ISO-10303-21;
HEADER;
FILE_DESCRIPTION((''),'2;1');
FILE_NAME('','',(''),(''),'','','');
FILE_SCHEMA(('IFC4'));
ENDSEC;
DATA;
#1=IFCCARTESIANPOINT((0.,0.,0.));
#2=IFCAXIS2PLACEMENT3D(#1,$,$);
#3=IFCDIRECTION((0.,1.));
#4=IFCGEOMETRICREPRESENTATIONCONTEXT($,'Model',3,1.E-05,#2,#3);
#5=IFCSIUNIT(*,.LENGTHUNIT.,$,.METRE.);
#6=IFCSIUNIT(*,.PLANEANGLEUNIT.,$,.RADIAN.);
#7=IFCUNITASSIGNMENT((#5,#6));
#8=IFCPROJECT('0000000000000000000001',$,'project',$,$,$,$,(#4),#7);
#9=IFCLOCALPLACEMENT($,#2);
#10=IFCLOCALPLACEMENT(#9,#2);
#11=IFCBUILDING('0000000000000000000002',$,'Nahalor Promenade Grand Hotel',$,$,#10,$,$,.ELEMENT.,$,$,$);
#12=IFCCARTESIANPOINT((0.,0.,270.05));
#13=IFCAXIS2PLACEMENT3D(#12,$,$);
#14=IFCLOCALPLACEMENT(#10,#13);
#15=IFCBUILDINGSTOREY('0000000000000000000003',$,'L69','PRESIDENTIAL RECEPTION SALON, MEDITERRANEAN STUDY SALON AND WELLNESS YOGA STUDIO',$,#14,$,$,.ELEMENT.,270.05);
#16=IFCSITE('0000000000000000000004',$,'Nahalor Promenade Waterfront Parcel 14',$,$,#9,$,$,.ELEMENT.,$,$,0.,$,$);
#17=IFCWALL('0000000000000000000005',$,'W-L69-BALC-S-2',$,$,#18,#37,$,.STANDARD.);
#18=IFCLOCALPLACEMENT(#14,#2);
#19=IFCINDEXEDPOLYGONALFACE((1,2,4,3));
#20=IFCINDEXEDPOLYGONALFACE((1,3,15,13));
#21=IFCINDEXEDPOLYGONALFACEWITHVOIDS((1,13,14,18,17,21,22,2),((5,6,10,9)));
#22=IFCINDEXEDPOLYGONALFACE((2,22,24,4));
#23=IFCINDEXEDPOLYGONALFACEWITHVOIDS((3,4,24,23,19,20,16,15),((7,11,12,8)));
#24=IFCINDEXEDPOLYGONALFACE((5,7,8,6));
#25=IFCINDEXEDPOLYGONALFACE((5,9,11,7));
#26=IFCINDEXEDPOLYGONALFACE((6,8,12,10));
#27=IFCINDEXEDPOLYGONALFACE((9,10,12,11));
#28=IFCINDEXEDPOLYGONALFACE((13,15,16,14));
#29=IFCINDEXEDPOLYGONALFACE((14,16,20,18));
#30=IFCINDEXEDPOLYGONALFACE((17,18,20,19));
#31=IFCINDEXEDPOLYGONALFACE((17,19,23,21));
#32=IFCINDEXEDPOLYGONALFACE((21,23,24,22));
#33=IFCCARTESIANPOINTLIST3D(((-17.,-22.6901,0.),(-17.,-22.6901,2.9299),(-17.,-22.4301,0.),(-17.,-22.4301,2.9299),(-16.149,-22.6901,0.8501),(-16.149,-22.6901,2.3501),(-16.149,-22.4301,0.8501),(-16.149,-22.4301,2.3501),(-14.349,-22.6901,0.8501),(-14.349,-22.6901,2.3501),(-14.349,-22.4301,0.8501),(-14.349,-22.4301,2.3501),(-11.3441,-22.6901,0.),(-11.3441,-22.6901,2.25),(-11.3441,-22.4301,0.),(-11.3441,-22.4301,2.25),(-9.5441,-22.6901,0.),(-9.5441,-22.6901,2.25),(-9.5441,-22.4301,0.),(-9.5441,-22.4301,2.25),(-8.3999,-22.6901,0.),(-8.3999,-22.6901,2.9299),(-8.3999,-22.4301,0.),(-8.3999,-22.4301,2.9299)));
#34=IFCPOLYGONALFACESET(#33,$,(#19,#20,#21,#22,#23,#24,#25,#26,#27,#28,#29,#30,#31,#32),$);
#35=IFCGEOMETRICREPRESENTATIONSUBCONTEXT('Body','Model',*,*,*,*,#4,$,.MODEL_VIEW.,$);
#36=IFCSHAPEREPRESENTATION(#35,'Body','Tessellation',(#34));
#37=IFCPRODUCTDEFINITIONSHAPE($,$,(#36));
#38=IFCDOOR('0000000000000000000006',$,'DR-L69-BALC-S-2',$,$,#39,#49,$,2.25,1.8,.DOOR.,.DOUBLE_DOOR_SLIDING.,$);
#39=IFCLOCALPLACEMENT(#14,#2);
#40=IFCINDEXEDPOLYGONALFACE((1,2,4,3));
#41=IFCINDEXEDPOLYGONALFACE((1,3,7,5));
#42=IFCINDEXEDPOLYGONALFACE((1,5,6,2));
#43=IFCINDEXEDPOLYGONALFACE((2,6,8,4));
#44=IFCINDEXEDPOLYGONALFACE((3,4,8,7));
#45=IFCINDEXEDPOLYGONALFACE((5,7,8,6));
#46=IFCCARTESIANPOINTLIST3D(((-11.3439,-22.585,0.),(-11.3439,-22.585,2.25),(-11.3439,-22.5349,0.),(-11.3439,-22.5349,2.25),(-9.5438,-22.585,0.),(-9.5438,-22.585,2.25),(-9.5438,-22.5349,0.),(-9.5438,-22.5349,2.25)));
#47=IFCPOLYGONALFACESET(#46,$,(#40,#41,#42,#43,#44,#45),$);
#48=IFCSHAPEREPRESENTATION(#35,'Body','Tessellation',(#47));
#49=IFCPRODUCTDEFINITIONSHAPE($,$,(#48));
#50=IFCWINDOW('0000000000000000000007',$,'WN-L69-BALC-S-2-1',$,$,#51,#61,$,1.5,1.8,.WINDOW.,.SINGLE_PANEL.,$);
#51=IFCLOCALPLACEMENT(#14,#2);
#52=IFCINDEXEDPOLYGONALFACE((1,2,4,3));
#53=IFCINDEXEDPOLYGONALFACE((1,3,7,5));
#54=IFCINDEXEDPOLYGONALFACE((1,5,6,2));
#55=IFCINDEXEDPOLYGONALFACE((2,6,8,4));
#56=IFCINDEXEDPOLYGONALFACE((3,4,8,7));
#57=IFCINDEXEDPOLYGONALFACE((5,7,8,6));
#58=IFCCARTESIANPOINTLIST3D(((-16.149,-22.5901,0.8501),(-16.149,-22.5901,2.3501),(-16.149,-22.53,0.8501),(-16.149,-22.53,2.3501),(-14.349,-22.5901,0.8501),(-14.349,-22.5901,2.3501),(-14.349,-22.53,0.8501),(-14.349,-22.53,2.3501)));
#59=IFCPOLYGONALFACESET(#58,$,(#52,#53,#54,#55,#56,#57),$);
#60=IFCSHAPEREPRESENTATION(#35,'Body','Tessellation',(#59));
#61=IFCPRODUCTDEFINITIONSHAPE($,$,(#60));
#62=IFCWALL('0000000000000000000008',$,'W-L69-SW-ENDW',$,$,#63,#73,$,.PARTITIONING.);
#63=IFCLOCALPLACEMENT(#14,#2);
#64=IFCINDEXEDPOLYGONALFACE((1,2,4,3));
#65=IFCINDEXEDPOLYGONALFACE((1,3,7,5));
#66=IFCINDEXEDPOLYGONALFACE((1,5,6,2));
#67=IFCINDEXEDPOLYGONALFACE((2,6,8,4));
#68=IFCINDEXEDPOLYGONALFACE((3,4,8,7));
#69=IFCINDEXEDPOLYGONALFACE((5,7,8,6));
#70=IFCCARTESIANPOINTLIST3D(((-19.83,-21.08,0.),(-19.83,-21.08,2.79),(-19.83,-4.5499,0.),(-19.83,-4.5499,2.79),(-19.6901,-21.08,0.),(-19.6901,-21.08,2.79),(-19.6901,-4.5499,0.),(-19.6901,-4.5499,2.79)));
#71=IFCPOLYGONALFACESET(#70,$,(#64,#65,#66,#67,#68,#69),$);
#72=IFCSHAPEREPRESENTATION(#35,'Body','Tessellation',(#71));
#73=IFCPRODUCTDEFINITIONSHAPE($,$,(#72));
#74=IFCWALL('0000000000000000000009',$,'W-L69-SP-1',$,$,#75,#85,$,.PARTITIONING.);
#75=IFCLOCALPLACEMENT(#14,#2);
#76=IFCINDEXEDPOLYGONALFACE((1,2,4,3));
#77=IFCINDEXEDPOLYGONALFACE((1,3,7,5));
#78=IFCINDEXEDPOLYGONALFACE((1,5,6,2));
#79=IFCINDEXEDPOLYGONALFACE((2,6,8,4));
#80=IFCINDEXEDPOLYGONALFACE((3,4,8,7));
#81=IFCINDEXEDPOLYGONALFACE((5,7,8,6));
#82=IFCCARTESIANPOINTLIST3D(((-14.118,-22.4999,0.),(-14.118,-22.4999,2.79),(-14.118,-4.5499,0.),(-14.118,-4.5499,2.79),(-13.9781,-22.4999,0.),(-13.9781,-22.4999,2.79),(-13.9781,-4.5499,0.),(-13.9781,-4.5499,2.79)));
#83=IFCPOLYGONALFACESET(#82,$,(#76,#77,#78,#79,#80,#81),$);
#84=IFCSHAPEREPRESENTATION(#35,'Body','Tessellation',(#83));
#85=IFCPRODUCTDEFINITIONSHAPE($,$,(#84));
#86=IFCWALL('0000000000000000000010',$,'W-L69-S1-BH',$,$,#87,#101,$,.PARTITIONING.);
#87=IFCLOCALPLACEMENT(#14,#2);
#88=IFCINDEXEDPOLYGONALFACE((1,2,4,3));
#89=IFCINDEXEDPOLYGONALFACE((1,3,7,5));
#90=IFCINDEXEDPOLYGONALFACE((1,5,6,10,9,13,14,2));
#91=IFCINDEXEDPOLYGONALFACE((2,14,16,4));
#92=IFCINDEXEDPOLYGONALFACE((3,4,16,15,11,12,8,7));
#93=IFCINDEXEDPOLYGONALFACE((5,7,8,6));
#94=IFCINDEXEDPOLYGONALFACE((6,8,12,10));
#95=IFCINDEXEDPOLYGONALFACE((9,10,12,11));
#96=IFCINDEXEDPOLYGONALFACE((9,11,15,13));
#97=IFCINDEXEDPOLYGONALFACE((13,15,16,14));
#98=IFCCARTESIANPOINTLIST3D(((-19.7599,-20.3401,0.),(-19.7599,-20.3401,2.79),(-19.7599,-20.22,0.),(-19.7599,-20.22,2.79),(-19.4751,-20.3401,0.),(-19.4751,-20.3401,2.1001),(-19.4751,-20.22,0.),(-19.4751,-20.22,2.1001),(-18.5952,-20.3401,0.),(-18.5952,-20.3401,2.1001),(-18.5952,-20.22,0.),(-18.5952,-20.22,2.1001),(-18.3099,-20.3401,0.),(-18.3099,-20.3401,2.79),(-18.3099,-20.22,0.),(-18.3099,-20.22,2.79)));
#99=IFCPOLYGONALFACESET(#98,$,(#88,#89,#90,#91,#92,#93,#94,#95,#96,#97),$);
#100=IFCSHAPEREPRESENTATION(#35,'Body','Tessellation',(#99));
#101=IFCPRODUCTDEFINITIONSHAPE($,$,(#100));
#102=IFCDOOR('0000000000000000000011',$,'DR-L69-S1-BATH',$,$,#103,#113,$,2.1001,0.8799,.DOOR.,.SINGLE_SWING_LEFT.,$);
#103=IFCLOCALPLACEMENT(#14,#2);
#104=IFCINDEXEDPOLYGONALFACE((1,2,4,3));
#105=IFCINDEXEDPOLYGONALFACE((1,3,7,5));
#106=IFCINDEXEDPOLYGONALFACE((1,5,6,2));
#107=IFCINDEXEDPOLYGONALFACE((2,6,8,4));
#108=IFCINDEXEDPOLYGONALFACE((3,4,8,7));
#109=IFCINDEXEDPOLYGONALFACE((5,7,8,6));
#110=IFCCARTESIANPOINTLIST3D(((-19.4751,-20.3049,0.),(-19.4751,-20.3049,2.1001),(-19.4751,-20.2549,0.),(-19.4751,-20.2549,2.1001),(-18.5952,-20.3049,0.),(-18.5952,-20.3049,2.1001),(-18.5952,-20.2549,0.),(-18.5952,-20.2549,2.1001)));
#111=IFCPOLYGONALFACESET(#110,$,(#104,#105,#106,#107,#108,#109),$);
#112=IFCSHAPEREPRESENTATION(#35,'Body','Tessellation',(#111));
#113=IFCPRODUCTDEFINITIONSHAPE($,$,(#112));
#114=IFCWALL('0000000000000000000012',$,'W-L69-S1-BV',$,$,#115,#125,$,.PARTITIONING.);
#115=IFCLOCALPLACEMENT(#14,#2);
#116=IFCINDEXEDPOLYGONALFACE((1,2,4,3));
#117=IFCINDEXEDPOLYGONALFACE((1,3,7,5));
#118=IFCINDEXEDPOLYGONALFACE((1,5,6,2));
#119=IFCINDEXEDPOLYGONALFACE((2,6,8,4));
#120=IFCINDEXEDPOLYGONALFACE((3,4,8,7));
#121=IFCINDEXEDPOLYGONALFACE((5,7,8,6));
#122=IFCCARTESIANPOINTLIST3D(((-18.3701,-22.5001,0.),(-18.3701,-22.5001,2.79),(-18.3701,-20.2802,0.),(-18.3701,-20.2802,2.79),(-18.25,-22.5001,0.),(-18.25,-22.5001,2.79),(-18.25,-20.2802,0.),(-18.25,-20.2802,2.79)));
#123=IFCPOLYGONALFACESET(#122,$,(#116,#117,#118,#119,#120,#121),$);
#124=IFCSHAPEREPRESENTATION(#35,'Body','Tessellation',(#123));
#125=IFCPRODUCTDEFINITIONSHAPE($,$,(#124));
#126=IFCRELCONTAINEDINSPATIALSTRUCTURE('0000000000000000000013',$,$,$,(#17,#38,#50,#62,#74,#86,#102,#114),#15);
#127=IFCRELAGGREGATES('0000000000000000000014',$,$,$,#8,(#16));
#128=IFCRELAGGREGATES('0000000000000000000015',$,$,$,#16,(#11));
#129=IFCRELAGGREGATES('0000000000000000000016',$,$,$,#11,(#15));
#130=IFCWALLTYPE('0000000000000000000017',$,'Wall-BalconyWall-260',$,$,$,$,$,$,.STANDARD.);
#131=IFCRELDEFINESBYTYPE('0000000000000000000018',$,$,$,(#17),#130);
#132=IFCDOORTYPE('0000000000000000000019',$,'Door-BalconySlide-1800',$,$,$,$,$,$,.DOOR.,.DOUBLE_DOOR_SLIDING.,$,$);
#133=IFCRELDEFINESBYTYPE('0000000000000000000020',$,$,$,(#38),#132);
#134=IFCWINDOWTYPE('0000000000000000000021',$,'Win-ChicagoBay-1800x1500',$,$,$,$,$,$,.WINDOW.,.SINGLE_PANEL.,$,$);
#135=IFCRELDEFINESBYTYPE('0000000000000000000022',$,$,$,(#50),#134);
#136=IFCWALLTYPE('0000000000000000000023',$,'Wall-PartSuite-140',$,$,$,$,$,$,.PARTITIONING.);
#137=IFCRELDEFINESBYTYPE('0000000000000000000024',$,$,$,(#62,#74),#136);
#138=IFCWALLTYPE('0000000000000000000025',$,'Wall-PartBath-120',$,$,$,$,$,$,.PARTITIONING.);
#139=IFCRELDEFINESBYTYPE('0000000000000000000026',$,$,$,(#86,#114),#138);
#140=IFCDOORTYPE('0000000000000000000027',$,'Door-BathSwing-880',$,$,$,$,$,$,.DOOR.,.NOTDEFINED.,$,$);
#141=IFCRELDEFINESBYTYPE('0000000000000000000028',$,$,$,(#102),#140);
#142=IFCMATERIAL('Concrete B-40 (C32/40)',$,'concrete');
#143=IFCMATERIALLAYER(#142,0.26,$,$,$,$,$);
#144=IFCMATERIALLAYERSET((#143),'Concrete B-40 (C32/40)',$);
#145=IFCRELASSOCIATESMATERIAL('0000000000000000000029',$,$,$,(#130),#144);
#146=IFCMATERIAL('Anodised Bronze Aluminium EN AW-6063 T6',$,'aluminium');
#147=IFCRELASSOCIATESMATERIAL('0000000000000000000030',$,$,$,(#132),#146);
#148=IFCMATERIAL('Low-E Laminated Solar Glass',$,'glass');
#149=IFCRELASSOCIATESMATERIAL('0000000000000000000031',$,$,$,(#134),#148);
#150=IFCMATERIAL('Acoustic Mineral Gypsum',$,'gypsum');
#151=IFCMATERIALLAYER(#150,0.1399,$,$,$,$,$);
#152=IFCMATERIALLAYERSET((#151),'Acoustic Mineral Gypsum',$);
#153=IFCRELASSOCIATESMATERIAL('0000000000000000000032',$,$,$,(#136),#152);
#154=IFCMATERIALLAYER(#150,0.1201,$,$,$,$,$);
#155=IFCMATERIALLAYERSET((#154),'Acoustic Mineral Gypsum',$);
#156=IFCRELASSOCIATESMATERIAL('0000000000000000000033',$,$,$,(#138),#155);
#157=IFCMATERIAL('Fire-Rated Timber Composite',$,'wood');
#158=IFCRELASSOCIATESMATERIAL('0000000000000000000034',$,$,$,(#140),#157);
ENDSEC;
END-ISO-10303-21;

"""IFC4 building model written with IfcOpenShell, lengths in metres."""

from ifc_helpers import new_model, si_unit, direction, frame, frame_2d, origin, place, context, subcontext, project, spatial, rectangle, extrude, source, transform, mapped, material, layer, layer_set, type_object, element, fill, save


model = new_model("IFC4")

# Units and contexts
model_context = context("Model", 3, precision=1e-05, world=origin(), true_north=direction((0.0, 1.0)))
body_context = subcontext(model_context, "Body", "Model", "MODEL_VIEW")
ifc_project = project(units=[si_unit("LENGTHUNIT", "METRE"), si_unit("PLANEANGLEUNIT", "RADIAN")], contexts=[model_context])

# Site, building, storey
site_placement = place(None, origin())
site = spatial("IfcSite", under=ifc_project, at=site_placement, Name="Nahalor Promenade Waterfront Parcel 14", CompositionType="ELEMENT", RefElevation=0.0)
building_placement = place(site_placement, origin())
building = spatial("IfcBuilding", under=site, at=building_placement, Name="Nahalor Promenade Grand Hotel", CompositionType="ELEMENT")
storey_placement = place(building_placement, frame((0.0, 0.0, 270.05)))
storey = spatial("IfcBuildingStorey", under=building, at=storey_placement, Name="L69", Description="PRESIDENTIAL RECEPTION SALON, MEDITERRANEAN STUDY SALON AND WELLNESS YOGA STUDIO", CompositionType="ELEMENT", Elevation=270.05)

# Shared definitions
ifc_material_1 = material(Name="Anodised Bronze Aluminium EN AW-6063 T6", Category="aluminium")
ifc_material_2 = material(Name="Low-E Laminated Solar Glass", Category="glass")

# Shared definitions
ifc_material_3 = material(Name="Concrete B-40 (C32/40)", Category="concrete")

# Wall, openings, door, window
ifc_layer_1 = layer(ifc_material_3, 0.26)
ifc_layer_set_1 = layer_set([ifc_layer_1], Name="Concrete B-40 (C32/40)")
wall_type_1 = type_object("IfcWallType", Name="Wall-BalconyWall-260", PredefinedType="STANDARD", material=ifc_layer_set_1)
shared_shape_1 = source(origin(), body_context, "Body", "SweptSolid", [
    extrude(rectangle(XDim=8.6001, YDim=0.26, at=frame_2d((4.3, 0.0))), origin(), (0.0, 0.0, 1.0), 2.9299),
])
wall_1_placement = place(storey_placement, frame((-17.0, -22.5601, 0.0), z_axis=(0.0, 0.0, 1.0), x_axis=(1.0, 0.0, 0.0)))
wall_1 = element("IfcWall", 1, at=wall_1_placement, inside=storey, type_object=wall_type_1, Name="W-L69-BALC-S-2", PredefinedType="STANDARD", context=body_context, shape_type="MappedRepresentation", body=[
    mapped(shared_shape_1, transform((0.0, 0.0, 0.0), scale=1.0)),
])
opening_1_placement = place(wall_1_placement, frame((5.656, 0.0, 0.0)))
opening_1 = element("IfcOpeningElement", 2, at=opening_1_placement, cuts=wall_1, PredefinedType="OPENING", context=body_context, shape_type="SweptSolid", body=[
    extrude(rectangle(XDim=1.8, YDim=2.25, at=frame_2d((0.8999, 1.125))), frame((0.0, 0.1399, 0.0), z_axis=(0.0, -1.0, 0.0), x_axis=(1.0, 0.0, 0.0)), (0.0, 0.0, 1.0), 0.28),
])
opening_2_placement = place(wall_1_placement, frame((0.8511, 0.0, 0.8501)))
opening_2 = element("IfcOpeningElement", 3, at=opening_2_placement, cuts=wall_1, PredefinedType="OPENING", context=body_context, shape_type="SweptSolid", body=[
    extrude(rectangle(XDim=1.8, YDim=1.5, at=frame_2d((0.8999, 0.75))), frame((0.0, 0.1399, 0.0), z_axis=(0.0, -1.0, 0.0), x_axis=(1.0, 0.0, 0.0)), (0.0, 0.0, 1.0), 0.28),
])
door_type_1 = type_object("IfcDoorType", Name="Door-BalconySlide-1800", OperationType="DOUBLE_DOOR_SLIDING", PredefinedType="DOOR", material=ifc_material_1)
shared_shape_2 = source(origin(), body_context, "Body", "SweptSolid", [
    extrude(rectangle(XDim=1.8, YDim=2.25, at=frame_2d((0.8999, 1.125))), frame((0.0, 0.0249, 0.0), z_axis=(0.0, -1.0, 0.0), x_axis=(1.0, 0.0, 0.0)), (0.0, 0.0, 1.0), 0.05),
])
door_1_placement = place(opening_1_placement, frame((1.8, 0.0, 0.0), z_axis=(0.0, 0.0, 1.0), x_axis=(-1.0, 0.0, 0.0)))
door_1 = element("IfcDoor", 4, at=door_1_placement, inside=storey, type_object=door_type_1, Name="DR-L69-BALC-S-2", OperationType="DOUBLE_DOOR_SLIDING", OverallHeight=2.25, OverallWidth=1.8, PredefinedType="DOOR", context=body_context, shape_type="MappedRepresentation", body=[
    mapped(shared_shape_2, transform((0.0, 0.0, 0.0), scale=1.0)),
])
fill(opening_1, door_1)
window_type = type_object("IfcWindowType", Name="Win-ChicagoBay-1800x1500", PartitioningType="SINGLE_PANEL", PredefinedType="WINDOW", material=ifc_material_2)
shared_shape_3 = source(origin(), body_context, "Body", "SweptSolid", [
    extrude(rectangle(XDim=1.8, YDim=1.5, at=frame_2d((0.8999, 0.75))), frame((0.0, 0.03, 0.0), z_axis=(0.0, -1.0, 0.0), x_axis=(1.0, 0.0, 0.0)), (0.0, 0.0, 1.0), 0.0601),
])
window_placement = place(opening_2_placement, origin())
window = element("IfcWindow", 5, at=window_placement, inside=storey, type_object=window_type, Name="WN-L69-BALC-S-2-1", OverallHeight=1.5, OverallWidth=1.8, PartitioningType="SINGLE_PANEL", PredefinedType="WINDOW", context=body_context, shape_type="MappedRepresentation", body=[
    mapped(shared_shape_3, transform((0.0, 0.0, 0.0), scale=1.0)),
])
fill(opening_2, window)

# Walls
ifc_material_4 = material(Name="Acoustic Mineral Gypsum", Category="gypsum")
ifc_layer_2 = layer(ifc_material_4, 0.1399)
ifc_layer_set_2 = layer_set([ifc_layer_2], Name="Acoustic Mineral Gypsum")
wall_type_2 = type_object("IfcWallType", Name="Wall-PartSuite-140", PredefinedType="PARTITIONING", material=ifc_layer_set_2)
shared_shape_4 = source(origin(), body_context, "Body", "SweptSolid", [
    extrude(rectangle(XDim=16.53, YDim=0.1399, at=frame_2d((8.2651, 0.0))), origin(), (0.0, 0.0, 1.0), 2.79),
])
wall_2_placement = place(storey_placement, frame((-19.76, -21.0801, 0.0), z_axis=(0.0, 0.0, 1.0), x_axis=(0.0, 1.0, 0.0)))
element("IfcWall", 6, at=wall_2_placement, inside=storey, type_object=wall_type_2, Name="W-L69-SW-ENDW", PredefinedType="PARTITIONING", context=body_context, shape_type="MappedRepresentation", body=[
    mapped(shared_shape_4, transform((0.0, 0.0, 0.0), scale=1.0)),
])
shared_shape_5 = source(origin(), body_context, "Body", "SweptSolid", [
    extrude(rectangle(XDim=17.95, YDim=0.1399, at=frame_2d((8.9751, 0.0))), origin(), (0.0, 0.0, 1.0), 2.79),
])
wall_3_placement = place(storey_placement, frame((-14.0481, -22.5, 0.0), z_axis=(0.0, 0.0, 1.0), x_axis=(0.0, 1.0, 0.0)))
element("IfcWall", 7, at=wall_3_placement, inside=storey, type_object=wall_type_2, Name="W-L69-SP-1", PredefinedType="PARTITIONING", context=body_context, shape_type="MappedRepresentation", body=[
    mapped(shared_shape_5, transform((0.0, 0.0, 0.0), scale=1.0)),
])

# Wall, opening, door
ifc_layer_3 = layer(ifc_material_4, 0.1201)
ifc_layer_set_3 = layer_set([ifc_layer_3], Name="Acoustic Mineral Gypsum")
wall_type_3 = type_object("IfcWallType", Name="Wall-PartBath-120", PredefinedType="PARTITIONING", material=ifc_layer_set_3)
shared_shape_6 = source(origin(), body_context, "Body", "SweptSolid", [
    extrude(rectangle(XDim=1.45, YDim=0.1201, at=frame_2d((0.7251, 0.0))), origin(), (0.0, 0.0, 1.0), 2.79),
])
wall_4_placement = place(storey_placement, frame((-19.76, -20.28, 0.0), z_axis=(0.0, 0.0, 1.0), x_axis=(1.0, 0.0, 0.0)))
wall_4 = element("IfcWall", 8, at=wall_4_placement, inside=storey, type_object=wall_type_3, Name="W-L69-S1-BH", PredefinedType="PARTITIONING", context=body_context, shape_type="MappedRepresentation", body=[
    mapped(shared_shape_6, transform((0.0, 0.0, 0.0), scale=1.0)),
])
opening_3_placement = place(wall_4_placement, frame((0.2849, 0.0, 0.0)))
opening_3 = element("IfcOpeningElement", 9, at=opening_3_placement, cuts=wall_4, PredefinedType="OPENING", context=body_context, shape_type="SweptSolid", body=[
    extrude(rectangle(XDim=0.8799, YDim=2.1001, at=frame_2d((0.4399, 1.05))), frame((0.0, 0.0701, 0.0), z_axis=(0.0, -1.0, 0.0), x_axis=(1.0, 0.0, 0.0)), (0.0, 0.0, 1.0), 0.1401),
])
ifc_material_5 = material(Name="Fire-Rated Timber Composite", Category="wood")
door_type_2 = type_object("IfcDoorType", Name="Door-BathSwing-880", OperationType="NOTDEFINED", PredefinedType="DOOR", material=ifc_material_5)
shared_shape_7 = source(origin(), body_context, "Body", "SweptSolid", [
    extrude(rectangle(XDim=0.8799, YDim=2.1001, at=frame_2d((0.4399, 1.05))), frame((0.0, 0.0249, 0.0), z_axis=(0.0, -1.0, 0.0), x_axis=(1.0, 0.0, 0.0)), (0.0, 0.0, 1.0), 0.05),
])
door_2_placement = place(opening_3_placement, frame((0.8799, 0.0, 0.0), z_axis=(0.0, 0.0, 1.0), x_axis=(-1.0, 0.0, 0.0)))
door_2 = element("IfcDoor", 10, at=door_2_placement, inside=storey, type_object=door_type_2, Name="DR-L69-S1-BATH", OperationType="SINGLE_SWING_LEFT", OverallHeight=2.1001, OverallWidth=0.8799, PredefinedType="DOOR", context=body_context, shape_type="MappedRepresentation", body=[
    mapped(shared_shape_7, transform((0.0, 0.0, 0.0), scale=1.0)),
])
fill(opening_3, door_2)

# Wall
shared_shape_8 = source(origin(), body_context, "Body", "SweptSolid", [
    extrude(rectangle(XDim=2.22, YDim=0.1201, at=frame_2d((1.1099, 0.0))), origin(), (0.0, 0.0, 1.0), 2.79),
])
wall_5_placement = place(storey_placement, frame((-18.3101, -22.5, 0.0), z_axis=(0.0, 0.0, 1.0), x_axis=(0.0, 1.0, 0.0)))
element("IfcWall", 11, at=wall_5_placement, inside=storey, type_object=wall_type_3, Name="W-L69-S1-BV", PredefinedType="PARTITIONING", context=body_context, shape_type="MappedRepresentation", body=[
    mapped(shared_shape_8, transform((0.0, 0.0, 0.0), scale=1.0)),
])

save(model, "model.ifc")
